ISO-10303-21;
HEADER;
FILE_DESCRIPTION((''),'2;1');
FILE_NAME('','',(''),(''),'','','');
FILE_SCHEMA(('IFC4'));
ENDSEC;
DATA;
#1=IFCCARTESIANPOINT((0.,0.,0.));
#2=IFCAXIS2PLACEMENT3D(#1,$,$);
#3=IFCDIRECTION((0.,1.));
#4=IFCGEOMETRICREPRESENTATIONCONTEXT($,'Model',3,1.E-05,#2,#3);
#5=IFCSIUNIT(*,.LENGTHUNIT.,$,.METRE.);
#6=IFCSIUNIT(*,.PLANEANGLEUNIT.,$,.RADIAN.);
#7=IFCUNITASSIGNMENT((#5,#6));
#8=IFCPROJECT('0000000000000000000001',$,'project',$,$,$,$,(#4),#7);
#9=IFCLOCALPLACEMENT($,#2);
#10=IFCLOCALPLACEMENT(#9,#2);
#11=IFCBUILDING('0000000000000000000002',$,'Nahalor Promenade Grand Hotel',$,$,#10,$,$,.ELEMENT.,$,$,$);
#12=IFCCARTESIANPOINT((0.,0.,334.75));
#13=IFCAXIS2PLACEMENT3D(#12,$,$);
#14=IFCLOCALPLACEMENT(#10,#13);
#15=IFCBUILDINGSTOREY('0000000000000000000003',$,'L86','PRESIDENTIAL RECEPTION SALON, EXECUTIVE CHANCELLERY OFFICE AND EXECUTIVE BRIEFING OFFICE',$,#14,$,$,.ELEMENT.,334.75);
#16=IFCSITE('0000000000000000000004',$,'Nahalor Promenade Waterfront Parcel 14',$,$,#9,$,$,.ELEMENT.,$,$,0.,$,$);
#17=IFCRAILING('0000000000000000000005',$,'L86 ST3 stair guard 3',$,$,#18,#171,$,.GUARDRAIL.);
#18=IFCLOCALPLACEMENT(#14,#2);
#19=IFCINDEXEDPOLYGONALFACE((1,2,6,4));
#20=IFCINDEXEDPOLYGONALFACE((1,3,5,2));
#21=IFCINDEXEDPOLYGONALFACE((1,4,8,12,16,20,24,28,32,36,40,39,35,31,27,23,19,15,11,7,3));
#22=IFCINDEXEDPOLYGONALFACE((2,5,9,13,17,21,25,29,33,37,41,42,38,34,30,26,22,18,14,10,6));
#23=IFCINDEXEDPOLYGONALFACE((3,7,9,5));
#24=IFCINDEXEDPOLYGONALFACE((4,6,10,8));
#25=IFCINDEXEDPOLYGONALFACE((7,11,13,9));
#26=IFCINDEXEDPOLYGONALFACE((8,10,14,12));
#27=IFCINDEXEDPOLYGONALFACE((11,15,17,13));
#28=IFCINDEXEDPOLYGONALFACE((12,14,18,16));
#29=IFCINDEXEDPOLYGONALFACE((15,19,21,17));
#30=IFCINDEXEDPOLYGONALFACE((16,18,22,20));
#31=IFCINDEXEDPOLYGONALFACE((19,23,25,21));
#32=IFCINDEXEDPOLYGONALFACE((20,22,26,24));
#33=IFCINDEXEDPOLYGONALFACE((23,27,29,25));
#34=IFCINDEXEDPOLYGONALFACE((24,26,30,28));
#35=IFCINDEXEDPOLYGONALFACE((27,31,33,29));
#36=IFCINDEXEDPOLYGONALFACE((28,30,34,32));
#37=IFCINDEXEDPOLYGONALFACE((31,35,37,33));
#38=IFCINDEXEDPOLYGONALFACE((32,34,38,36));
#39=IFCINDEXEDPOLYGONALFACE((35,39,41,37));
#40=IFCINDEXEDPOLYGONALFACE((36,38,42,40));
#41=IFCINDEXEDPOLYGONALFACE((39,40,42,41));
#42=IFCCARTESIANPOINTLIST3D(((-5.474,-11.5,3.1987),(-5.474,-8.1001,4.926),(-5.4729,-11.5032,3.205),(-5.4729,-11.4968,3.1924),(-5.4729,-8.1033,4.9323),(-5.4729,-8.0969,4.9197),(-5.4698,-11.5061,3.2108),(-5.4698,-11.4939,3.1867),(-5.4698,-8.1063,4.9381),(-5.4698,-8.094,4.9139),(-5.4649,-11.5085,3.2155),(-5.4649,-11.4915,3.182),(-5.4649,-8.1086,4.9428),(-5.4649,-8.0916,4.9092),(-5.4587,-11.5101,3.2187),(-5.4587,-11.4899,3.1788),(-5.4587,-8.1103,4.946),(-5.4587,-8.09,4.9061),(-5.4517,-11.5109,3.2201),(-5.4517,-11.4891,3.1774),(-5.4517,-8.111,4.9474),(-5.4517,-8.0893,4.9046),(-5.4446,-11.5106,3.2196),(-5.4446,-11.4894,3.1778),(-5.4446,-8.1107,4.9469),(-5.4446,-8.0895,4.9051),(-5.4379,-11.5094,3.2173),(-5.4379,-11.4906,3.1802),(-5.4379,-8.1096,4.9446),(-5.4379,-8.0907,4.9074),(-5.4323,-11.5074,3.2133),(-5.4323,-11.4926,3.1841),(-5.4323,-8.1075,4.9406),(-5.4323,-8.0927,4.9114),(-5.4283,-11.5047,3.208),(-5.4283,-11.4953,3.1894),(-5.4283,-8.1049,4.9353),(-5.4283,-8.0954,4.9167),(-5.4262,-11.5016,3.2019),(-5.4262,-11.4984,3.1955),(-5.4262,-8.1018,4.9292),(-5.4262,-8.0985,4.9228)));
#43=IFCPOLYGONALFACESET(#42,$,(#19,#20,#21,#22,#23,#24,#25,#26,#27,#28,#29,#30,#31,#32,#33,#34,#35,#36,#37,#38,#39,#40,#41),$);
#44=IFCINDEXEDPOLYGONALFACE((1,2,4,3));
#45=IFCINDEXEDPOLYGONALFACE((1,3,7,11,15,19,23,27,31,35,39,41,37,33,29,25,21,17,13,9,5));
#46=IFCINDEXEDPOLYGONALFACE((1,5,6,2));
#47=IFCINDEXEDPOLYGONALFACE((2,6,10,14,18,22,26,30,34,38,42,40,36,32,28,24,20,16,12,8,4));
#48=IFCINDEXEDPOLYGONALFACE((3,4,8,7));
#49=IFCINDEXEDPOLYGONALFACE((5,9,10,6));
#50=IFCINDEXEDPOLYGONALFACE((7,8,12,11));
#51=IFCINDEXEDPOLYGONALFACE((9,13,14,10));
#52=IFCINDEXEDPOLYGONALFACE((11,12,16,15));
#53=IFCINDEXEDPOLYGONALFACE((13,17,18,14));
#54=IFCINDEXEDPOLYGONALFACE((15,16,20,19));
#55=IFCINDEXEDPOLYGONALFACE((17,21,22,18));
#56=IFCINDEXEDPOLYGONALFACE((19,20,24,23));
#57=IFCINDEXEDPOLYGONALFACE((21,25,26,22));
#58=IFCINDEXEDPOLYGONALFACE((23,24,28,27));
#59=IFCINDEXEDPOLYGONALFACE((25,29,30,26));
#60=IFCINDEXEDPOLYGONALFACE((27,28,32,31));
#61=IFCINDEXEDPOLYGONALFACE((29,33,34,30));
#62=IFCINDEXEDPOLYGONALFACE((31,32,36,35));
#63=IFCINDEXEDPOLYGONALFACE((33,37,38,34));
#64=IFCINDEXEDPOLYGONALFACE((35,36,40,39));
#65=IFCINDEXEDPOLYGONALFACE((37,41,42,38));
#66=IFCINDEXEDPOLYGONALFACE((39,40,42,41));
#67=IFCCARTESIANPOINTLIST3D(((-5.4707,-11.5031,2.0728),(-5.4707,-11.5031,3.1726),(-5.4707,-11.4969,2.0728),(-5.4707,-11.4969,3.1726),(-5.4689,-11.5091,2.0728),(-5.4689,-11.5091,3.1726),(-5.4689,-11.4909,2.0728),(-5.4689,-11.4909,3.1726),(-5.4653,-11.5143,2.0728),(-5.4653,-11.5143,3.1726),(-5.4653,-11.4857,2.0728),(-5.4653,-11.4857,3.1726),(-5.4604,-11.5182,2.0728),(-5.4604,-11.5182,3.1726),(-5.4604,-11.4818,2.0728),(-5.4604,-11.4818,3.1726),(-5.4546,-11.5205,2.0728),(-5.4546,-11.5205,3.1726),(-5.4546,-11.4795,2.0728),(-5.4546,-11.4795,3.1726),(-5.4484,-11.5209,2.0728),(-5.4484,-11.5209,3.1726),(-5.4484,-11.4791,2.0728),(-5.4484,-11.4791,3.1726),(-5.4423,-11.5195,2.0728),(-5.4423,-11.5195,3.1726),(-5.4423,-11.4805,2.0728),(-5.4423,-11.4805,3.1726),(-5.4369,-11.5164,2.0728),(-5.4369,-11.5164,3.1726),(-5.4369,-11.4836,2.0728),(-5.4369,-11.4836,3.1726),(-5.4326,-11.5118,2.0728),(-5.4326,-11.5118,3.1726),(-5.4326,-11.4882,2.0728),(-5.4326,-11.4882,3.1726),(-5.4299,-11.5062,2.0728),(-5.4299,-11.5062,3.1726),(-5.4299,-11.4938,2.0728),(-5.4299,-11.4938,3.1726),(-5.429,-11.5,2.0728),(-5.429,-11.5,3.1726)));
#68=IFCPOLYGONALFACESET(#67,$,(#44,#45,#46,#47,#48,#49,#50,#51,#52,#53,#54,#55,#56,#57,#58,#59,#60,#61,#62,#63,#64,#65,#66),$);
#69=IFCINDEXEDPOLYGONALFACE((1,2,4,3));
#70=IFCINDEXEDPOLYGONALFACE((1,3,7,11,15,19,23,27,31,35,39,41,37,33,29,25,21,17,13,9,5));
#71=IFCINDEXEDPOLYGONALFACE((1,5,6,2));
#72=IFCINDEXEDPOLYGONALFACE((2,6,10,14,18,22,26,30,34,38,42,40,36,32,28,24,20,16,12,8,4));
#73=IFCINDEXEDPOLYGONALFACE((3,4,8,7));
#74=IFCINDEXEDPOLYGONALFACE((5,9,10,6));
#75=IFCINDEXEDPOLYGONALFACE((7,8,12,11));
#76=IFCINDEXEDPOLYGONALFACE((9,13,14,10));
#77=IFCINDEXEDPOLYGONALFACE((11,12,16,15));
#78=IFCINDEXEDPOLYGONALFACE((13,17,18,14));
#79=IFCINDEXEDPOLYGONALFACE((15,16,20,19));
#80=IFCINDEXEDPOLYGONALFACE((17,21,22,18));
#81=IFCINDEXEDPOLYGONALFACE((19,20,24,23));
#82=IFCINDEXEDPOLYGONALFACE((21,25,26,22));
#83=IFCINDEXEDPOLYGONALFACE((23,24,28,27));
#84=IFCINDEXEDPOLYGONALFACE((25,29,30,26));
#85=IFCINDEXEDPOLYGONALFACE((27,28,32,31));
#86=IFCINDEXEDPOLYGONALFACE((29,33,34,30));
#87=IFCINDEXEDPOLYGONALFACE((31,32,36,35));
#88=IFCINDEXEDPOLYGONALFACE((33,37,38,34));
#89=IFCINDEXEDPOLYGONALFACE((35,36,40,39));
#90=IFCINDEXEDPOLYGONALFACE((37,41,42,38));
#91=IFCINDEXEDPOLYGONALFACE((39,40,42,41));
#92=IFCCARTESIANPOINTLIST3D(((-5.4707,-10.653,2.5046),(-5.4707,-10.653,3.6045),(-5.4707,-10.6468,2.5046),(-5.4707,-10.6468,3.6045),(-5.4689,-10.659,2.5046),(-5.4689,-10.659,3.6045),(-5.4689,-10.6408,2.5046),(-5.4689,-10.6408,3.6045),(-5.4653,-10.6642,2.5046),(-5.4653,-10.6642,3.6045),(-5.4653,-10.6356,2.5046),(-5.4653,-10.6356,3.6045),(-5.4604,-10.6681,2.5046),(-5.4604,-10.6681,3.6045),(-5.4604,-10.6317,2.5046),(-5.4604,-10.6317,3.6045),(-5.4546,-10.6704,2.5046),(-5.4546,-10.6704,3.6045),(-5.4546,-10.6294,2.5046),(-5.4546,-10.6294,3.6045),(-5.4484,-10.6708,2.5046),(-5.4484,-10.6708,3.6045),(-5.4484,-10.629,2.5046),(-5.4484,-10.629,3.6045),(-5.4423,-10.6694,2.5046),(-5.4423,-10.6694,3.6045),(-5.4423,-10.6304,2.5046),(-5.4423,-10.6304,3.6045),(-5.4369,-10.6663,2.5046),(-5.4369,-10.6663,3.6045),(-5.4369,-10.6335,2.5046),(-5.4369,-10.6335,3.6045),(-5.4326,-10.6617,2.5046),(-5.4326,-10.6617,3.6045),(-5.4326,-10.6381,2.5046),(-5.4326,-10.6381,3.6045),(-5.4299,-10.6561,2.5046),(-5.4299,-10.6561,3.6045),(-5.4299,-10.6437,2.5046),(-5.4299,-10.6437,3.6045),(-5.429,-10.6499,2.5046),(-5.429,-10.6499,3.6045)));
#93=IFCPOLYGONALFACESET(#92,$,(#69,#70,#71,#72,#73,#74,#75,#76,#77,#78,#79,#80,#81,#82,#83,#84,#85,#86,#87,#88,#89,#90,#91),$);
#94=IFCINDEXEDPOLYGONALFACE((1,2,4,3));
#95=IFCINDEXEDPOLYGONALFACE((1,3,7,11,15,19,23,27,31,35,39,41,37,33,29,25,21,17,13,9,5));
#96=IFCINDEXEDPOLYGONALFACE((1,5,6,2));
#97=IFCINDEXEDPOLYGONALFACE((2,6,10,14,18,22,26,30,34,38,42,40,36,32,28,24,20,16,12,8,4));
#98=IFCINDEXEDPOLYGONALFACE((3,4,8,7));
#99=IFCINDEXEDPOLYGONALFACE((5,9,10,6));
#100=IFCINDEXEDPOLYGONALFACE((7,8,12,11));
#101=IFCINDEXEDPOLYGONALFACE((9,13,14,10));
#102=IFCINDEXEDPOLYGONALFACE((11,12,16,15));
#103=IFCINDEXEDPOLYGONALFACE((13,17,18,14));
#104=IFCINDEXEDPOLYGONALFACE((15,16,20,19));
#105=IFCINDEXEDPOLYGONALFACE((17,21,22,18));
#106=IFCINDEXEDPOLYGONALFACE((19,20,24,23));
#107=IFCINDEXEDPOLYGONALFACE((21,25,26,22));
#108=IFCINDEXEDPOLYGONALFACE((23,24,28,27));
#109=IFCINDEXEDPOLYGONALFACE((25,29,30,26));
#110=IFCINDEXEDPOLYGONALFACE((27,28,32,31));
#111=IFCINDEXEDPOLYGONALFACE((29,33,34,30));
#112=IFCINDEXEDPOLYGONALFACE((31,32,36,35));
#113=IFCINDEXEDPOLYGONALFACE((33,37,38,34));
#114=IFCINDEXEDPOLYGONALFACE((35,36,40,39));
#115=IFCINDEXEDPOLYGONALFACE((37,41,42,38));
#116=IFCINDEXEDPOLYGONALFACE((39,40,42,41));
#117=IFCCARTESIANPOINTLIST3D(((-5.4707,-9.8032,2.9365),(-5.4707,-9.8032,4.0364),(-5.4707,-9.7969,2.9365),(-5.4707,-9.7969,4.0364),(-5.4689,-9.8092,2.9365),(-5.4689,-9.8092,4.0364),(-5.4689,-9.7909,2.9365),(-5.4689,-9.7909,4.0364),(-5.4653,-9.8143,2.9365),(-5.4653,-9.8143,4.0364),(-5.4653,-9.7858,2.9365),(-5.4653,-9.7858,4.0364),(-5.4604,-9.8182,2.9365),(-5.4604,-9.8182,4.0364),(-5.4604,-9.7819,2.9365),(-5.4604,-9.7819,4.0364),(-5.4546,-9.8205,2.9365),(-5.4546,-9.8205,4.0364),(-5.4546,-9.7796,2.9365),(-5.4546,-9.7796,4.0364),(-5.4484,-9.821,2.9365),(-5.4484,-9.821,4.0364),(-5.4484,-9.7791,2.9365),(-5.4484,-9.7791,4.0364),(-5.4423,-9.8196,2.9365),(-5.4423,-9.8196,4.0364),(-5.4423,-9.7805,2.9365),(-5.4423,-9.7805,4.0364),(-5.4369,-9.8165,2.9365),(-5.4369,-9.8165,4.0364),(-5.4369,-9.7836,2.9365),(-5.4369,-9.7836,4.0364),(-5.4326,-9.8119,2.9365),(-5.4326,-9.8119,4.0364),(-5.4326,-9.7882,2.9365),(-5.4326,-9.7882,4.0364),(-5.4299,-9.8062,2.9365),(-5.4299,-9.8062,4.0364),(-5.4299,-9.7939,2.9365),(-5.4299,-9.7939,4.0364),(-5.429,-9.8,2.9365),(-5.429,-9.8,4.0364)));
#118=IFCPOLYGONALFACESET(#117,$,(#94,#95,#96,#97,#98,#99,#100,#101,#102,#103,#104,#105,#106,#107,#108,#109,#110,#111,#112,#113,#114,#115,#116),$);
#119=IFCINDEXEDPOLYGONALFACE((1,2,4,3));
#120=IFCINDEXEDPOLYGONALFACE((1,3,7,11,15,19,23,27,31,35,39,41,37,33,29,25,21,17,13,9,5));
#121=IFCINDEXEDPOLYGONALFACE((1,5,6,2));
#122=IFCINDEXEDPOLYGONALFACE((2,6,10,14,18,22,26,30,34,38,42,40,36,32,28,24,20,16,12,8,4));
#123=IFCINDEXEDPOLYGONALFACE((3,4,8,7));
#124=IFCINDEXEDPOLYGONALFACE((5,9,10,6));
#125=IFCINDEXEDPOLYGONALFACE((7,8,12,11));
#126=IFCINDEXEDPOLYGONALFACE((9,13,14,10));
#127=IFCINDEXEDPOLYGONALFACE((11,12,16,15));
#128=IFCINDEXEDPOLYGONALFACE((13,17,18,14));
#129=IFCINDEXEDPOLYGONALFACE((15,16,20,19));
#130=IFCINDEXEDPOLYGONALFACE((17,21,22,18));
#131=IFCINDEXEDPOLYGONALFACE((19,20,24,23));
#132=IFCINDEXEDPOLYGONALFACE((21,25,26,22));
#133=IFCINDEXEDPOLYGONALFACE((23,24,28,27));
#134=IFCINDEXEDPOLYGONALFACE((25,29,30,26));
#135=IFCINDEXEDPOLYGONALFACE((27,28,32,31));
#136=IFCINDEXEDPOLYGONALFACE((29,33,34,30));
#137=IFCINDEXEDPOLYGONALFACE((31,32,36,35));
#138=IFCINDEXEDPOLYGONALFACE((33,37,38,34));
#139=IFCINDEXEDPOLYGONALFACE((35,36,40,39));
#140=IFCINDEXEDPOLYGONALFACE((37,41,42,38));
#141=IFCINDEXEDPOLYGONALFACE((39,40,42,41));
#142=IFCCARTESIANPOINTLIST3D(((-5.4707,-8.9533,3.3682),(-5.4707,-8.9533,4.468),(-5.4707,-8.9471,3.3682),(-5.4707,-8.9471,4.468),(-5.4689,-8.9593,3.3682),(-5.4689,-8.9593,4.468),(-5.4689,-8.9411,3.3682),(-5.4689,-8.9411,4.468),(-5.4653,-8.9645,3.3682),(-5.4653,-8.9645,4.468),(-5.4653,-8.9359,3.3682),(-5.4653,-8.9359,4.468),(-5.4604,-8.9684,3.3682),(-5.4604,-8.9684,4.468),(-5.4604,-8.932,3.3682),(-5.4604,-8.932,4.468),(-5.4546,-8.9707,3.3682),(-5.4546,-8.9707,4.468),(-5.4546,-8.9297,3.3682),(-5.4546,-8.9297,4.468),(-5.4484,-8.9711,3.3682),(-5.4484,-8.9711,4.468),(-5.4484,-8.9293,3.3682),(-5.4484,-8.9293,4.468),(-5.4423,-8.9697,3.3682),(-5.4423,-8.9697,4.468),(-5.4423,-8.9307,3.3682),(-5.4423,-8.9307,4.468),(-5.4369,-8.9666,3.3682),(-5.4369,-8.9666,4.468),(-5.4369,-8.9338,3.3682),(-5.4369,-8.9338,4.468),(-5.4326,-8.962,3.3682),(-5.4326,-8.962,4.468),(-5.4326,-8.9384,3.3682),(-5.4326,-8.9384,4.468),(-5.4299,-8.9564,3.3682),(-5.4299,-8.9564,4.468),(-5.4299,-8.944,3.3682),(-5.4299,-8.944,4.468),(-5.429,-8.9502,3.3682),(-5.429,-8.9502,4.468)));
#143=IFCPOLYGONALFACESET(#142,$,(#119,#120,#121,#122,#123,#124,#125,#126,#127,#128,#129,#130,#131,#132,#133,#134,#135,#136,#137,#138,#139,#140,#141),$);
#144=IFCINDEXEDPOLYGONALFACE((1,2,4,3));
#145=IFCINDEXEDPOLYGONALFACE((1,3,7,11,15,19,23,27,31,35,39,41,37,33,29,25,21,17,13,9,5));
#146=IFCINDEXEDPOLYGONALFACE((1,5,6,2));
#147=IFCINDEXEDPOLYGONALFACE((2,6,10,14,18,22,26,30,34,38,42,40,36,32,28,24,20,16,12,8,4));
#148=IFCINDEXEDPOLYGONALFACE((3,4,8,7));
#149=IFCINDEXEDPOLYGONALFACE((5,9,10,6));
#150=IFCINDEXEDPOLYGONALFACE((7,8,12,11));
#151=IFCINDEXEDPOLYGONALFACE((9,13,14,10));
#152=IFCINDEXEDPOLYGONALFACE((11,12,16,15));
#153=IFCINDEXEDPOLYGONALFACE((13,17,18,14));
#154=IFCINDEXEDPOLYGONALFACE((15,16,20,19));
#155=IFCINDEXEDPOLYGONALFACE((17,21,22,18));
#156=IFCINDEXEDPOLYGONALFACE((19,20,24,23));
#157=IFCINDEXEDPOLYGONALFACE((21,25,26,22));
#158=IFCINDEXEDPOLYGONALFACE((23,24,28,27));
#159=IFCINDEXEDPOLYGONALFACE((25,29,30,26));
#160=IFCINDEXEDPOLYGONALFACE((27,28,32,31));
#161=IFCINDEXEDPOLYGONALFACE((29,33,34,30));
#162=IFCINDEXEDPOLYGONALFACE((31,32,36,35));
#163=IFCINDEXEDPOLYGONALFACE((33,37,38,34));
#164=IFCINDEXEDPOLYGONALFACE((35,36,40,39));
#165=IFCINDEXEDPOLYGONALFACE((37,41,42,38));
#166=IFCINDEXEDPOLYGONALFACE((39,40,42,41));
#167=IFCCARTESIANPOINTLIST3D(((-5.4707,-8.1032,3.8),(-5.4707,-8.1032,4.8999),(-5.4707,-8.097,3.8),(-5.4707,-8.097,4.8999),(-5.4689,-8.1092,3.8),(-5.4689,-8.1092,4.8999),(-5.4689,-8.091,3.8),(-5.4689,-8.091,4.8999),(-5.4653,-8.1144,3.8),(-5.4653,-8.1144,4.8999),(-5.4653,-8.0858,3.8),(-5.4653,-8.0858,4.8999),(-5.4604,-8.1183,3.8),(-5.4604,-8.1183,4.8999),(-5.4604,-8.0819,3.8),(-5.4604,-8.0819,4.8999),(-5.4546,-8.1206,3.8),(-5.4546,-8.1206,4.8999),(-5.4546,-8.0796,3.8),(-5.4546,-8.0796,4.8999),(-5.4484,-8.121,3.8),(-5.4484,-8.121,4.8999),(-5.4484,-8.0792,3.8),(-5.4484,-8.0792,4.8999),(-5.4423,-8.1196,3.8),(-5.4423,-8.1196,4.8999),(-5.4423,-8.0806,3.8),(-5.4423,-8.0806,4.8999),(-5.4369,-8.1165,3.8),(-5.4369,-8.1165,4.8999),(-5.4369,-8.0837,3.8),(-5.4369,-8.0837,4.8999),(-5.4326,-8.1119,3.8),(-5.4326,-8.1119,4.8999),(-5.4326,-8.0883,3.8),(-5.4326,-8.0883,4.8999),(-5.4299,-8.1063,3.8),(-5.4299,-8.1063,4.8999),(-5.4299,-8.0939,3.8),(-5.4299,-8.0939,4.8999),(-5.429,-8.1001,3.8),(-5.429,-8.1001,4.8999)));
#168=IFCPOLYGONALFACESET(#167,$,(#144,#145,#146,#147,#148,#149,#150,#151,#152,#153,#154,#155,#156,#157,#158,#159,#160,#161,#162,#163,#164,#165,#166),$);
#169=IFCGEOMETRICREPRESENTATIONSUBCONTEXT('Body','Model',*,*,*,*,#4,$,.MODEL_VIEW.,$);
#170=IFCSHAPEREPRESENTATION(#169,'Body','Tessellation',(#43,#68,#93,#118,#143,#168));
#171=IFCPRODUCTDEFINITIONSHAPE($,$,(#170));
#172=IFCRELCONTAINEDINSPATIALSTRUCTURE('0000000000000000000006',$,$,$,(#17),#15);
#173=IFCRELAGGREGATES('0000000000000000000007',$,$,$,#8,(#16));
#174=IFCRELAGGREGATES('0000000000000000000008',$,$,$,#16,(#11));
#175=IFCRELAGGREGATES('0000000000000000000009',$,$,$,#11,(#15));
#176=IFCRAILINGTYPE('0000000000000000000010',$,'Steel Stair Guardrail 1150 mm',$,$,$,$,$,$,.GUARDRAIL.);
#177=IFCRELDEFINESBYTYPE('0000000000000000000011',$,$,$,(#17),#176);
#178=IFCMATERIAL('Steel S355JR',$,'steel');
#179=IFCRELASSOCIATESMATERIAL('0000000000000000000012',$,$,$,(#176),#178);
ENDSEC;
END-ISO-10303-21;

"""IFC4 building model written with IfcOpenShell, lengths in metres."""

from ifc_helpers import new_model, si_unit, direction, frame, origin, origin_2d, place, context, subcontext, project, spatial, circle, extrude, material, type_object, element, save


model = new_model("IFC4")

# Units and contexts
model_context = context("Model", 3, precision=1e-05, world=origin(), true_north=direction((0.0, 1.0)))
body_context = subcontext(model_context, "Body", "Model", "MODEL_VIEW")
ifc_project = project(units=[si_unit("LENGTHUNIT", "METRE"), si_unit("PLANEANGLEUNIT", "RADIAN")], contexts=[model_context])

# Site, building, storey
site_placement = place(None, origin())
site = spatial("IfcSite", under=ifc_project, at=site_placement, Name="Nahalor Promenade Waterfront Parcel 14", CompositionType="ELEMENT", RefElevation=0.0)
building_placement = place(site_placement, origin())
building = spatial("IfcBuilding", under=site, at=building_placement, Name="Nahalor Promenade Grand Hotel", CompositionType="ELEMENT")
storey_placement = place(building_placement, frame((0.0, 0.0, 334.75)))
storey = spatial("IfcBuildingStorey", under=building, at=storey_placement, Name="L86", Description="PRESIDENTIAL RECEPTION SALON, EXECUTIVE CHANCELLERY OFFICE AND EXECUTIVE BRIEFING OFFICE", CompositionType="ELEMENT", Elevation=334.75)

# Shared definitions
ifc_material_1 = material(Name="Steel S355JR", Category="steel")

# Railing
railing_type_1 = type_object("IfcRailingType", Name="Steel Stair Guardrail 1150 mm", PredefinedType="GUARDRAIL", material=ifc_material_1)
railing_1_placement = place(storey_placement, frame((-5.45, -11.5, 2.0728)))
element("IfcRailing", 1, at=railing_1_placement, inside=storey, type_object=railing_type_1, Name="L86 ST3 stair guard 3", PredefinedType="GUARDRAIL", context=body_context, shape_type="SweptSolid", body=[
    extrude(circle(Radius=0.024, at=origin_2d()), frame((0.0, 0.0, 1.126), z_axis=(0.0, 0.891541, 0.452941), x_axis=(-1.0, 0.0, 0.0)), (0.0, 0.0, 1.0), 3.8135),
    extrude(circle(Radius=0.021, at=origin_2d()), origin(), (0.0, 0.0, 1.0), 1.0999),
    extrude(circle(Radius=0.021, at=origin_2d()), frame((0.0, 0.8501, 0.4319)), (0.0, 0.0, 1.0), 1.0999),
    extrude(circle(Radius=0.021, at=origin_2d()), frame((0.0, 1.7, 0.8638)), (0.0, 0.0, 1.0), 1.0999),
    extrude(circle(Radius=0.021, at=origin_2d()), frame((0.0, 2.5498, 1.2954)), (0.0, 0.0, 1.0), 1.0999),
    extrude(circle(Radius=0.021, at=origin_2d()), frame((0.0, 3.3999, 1.7273)), (0.0, 0.0, 1.0), 1.0999),
])

save(model, "model.ifc")
